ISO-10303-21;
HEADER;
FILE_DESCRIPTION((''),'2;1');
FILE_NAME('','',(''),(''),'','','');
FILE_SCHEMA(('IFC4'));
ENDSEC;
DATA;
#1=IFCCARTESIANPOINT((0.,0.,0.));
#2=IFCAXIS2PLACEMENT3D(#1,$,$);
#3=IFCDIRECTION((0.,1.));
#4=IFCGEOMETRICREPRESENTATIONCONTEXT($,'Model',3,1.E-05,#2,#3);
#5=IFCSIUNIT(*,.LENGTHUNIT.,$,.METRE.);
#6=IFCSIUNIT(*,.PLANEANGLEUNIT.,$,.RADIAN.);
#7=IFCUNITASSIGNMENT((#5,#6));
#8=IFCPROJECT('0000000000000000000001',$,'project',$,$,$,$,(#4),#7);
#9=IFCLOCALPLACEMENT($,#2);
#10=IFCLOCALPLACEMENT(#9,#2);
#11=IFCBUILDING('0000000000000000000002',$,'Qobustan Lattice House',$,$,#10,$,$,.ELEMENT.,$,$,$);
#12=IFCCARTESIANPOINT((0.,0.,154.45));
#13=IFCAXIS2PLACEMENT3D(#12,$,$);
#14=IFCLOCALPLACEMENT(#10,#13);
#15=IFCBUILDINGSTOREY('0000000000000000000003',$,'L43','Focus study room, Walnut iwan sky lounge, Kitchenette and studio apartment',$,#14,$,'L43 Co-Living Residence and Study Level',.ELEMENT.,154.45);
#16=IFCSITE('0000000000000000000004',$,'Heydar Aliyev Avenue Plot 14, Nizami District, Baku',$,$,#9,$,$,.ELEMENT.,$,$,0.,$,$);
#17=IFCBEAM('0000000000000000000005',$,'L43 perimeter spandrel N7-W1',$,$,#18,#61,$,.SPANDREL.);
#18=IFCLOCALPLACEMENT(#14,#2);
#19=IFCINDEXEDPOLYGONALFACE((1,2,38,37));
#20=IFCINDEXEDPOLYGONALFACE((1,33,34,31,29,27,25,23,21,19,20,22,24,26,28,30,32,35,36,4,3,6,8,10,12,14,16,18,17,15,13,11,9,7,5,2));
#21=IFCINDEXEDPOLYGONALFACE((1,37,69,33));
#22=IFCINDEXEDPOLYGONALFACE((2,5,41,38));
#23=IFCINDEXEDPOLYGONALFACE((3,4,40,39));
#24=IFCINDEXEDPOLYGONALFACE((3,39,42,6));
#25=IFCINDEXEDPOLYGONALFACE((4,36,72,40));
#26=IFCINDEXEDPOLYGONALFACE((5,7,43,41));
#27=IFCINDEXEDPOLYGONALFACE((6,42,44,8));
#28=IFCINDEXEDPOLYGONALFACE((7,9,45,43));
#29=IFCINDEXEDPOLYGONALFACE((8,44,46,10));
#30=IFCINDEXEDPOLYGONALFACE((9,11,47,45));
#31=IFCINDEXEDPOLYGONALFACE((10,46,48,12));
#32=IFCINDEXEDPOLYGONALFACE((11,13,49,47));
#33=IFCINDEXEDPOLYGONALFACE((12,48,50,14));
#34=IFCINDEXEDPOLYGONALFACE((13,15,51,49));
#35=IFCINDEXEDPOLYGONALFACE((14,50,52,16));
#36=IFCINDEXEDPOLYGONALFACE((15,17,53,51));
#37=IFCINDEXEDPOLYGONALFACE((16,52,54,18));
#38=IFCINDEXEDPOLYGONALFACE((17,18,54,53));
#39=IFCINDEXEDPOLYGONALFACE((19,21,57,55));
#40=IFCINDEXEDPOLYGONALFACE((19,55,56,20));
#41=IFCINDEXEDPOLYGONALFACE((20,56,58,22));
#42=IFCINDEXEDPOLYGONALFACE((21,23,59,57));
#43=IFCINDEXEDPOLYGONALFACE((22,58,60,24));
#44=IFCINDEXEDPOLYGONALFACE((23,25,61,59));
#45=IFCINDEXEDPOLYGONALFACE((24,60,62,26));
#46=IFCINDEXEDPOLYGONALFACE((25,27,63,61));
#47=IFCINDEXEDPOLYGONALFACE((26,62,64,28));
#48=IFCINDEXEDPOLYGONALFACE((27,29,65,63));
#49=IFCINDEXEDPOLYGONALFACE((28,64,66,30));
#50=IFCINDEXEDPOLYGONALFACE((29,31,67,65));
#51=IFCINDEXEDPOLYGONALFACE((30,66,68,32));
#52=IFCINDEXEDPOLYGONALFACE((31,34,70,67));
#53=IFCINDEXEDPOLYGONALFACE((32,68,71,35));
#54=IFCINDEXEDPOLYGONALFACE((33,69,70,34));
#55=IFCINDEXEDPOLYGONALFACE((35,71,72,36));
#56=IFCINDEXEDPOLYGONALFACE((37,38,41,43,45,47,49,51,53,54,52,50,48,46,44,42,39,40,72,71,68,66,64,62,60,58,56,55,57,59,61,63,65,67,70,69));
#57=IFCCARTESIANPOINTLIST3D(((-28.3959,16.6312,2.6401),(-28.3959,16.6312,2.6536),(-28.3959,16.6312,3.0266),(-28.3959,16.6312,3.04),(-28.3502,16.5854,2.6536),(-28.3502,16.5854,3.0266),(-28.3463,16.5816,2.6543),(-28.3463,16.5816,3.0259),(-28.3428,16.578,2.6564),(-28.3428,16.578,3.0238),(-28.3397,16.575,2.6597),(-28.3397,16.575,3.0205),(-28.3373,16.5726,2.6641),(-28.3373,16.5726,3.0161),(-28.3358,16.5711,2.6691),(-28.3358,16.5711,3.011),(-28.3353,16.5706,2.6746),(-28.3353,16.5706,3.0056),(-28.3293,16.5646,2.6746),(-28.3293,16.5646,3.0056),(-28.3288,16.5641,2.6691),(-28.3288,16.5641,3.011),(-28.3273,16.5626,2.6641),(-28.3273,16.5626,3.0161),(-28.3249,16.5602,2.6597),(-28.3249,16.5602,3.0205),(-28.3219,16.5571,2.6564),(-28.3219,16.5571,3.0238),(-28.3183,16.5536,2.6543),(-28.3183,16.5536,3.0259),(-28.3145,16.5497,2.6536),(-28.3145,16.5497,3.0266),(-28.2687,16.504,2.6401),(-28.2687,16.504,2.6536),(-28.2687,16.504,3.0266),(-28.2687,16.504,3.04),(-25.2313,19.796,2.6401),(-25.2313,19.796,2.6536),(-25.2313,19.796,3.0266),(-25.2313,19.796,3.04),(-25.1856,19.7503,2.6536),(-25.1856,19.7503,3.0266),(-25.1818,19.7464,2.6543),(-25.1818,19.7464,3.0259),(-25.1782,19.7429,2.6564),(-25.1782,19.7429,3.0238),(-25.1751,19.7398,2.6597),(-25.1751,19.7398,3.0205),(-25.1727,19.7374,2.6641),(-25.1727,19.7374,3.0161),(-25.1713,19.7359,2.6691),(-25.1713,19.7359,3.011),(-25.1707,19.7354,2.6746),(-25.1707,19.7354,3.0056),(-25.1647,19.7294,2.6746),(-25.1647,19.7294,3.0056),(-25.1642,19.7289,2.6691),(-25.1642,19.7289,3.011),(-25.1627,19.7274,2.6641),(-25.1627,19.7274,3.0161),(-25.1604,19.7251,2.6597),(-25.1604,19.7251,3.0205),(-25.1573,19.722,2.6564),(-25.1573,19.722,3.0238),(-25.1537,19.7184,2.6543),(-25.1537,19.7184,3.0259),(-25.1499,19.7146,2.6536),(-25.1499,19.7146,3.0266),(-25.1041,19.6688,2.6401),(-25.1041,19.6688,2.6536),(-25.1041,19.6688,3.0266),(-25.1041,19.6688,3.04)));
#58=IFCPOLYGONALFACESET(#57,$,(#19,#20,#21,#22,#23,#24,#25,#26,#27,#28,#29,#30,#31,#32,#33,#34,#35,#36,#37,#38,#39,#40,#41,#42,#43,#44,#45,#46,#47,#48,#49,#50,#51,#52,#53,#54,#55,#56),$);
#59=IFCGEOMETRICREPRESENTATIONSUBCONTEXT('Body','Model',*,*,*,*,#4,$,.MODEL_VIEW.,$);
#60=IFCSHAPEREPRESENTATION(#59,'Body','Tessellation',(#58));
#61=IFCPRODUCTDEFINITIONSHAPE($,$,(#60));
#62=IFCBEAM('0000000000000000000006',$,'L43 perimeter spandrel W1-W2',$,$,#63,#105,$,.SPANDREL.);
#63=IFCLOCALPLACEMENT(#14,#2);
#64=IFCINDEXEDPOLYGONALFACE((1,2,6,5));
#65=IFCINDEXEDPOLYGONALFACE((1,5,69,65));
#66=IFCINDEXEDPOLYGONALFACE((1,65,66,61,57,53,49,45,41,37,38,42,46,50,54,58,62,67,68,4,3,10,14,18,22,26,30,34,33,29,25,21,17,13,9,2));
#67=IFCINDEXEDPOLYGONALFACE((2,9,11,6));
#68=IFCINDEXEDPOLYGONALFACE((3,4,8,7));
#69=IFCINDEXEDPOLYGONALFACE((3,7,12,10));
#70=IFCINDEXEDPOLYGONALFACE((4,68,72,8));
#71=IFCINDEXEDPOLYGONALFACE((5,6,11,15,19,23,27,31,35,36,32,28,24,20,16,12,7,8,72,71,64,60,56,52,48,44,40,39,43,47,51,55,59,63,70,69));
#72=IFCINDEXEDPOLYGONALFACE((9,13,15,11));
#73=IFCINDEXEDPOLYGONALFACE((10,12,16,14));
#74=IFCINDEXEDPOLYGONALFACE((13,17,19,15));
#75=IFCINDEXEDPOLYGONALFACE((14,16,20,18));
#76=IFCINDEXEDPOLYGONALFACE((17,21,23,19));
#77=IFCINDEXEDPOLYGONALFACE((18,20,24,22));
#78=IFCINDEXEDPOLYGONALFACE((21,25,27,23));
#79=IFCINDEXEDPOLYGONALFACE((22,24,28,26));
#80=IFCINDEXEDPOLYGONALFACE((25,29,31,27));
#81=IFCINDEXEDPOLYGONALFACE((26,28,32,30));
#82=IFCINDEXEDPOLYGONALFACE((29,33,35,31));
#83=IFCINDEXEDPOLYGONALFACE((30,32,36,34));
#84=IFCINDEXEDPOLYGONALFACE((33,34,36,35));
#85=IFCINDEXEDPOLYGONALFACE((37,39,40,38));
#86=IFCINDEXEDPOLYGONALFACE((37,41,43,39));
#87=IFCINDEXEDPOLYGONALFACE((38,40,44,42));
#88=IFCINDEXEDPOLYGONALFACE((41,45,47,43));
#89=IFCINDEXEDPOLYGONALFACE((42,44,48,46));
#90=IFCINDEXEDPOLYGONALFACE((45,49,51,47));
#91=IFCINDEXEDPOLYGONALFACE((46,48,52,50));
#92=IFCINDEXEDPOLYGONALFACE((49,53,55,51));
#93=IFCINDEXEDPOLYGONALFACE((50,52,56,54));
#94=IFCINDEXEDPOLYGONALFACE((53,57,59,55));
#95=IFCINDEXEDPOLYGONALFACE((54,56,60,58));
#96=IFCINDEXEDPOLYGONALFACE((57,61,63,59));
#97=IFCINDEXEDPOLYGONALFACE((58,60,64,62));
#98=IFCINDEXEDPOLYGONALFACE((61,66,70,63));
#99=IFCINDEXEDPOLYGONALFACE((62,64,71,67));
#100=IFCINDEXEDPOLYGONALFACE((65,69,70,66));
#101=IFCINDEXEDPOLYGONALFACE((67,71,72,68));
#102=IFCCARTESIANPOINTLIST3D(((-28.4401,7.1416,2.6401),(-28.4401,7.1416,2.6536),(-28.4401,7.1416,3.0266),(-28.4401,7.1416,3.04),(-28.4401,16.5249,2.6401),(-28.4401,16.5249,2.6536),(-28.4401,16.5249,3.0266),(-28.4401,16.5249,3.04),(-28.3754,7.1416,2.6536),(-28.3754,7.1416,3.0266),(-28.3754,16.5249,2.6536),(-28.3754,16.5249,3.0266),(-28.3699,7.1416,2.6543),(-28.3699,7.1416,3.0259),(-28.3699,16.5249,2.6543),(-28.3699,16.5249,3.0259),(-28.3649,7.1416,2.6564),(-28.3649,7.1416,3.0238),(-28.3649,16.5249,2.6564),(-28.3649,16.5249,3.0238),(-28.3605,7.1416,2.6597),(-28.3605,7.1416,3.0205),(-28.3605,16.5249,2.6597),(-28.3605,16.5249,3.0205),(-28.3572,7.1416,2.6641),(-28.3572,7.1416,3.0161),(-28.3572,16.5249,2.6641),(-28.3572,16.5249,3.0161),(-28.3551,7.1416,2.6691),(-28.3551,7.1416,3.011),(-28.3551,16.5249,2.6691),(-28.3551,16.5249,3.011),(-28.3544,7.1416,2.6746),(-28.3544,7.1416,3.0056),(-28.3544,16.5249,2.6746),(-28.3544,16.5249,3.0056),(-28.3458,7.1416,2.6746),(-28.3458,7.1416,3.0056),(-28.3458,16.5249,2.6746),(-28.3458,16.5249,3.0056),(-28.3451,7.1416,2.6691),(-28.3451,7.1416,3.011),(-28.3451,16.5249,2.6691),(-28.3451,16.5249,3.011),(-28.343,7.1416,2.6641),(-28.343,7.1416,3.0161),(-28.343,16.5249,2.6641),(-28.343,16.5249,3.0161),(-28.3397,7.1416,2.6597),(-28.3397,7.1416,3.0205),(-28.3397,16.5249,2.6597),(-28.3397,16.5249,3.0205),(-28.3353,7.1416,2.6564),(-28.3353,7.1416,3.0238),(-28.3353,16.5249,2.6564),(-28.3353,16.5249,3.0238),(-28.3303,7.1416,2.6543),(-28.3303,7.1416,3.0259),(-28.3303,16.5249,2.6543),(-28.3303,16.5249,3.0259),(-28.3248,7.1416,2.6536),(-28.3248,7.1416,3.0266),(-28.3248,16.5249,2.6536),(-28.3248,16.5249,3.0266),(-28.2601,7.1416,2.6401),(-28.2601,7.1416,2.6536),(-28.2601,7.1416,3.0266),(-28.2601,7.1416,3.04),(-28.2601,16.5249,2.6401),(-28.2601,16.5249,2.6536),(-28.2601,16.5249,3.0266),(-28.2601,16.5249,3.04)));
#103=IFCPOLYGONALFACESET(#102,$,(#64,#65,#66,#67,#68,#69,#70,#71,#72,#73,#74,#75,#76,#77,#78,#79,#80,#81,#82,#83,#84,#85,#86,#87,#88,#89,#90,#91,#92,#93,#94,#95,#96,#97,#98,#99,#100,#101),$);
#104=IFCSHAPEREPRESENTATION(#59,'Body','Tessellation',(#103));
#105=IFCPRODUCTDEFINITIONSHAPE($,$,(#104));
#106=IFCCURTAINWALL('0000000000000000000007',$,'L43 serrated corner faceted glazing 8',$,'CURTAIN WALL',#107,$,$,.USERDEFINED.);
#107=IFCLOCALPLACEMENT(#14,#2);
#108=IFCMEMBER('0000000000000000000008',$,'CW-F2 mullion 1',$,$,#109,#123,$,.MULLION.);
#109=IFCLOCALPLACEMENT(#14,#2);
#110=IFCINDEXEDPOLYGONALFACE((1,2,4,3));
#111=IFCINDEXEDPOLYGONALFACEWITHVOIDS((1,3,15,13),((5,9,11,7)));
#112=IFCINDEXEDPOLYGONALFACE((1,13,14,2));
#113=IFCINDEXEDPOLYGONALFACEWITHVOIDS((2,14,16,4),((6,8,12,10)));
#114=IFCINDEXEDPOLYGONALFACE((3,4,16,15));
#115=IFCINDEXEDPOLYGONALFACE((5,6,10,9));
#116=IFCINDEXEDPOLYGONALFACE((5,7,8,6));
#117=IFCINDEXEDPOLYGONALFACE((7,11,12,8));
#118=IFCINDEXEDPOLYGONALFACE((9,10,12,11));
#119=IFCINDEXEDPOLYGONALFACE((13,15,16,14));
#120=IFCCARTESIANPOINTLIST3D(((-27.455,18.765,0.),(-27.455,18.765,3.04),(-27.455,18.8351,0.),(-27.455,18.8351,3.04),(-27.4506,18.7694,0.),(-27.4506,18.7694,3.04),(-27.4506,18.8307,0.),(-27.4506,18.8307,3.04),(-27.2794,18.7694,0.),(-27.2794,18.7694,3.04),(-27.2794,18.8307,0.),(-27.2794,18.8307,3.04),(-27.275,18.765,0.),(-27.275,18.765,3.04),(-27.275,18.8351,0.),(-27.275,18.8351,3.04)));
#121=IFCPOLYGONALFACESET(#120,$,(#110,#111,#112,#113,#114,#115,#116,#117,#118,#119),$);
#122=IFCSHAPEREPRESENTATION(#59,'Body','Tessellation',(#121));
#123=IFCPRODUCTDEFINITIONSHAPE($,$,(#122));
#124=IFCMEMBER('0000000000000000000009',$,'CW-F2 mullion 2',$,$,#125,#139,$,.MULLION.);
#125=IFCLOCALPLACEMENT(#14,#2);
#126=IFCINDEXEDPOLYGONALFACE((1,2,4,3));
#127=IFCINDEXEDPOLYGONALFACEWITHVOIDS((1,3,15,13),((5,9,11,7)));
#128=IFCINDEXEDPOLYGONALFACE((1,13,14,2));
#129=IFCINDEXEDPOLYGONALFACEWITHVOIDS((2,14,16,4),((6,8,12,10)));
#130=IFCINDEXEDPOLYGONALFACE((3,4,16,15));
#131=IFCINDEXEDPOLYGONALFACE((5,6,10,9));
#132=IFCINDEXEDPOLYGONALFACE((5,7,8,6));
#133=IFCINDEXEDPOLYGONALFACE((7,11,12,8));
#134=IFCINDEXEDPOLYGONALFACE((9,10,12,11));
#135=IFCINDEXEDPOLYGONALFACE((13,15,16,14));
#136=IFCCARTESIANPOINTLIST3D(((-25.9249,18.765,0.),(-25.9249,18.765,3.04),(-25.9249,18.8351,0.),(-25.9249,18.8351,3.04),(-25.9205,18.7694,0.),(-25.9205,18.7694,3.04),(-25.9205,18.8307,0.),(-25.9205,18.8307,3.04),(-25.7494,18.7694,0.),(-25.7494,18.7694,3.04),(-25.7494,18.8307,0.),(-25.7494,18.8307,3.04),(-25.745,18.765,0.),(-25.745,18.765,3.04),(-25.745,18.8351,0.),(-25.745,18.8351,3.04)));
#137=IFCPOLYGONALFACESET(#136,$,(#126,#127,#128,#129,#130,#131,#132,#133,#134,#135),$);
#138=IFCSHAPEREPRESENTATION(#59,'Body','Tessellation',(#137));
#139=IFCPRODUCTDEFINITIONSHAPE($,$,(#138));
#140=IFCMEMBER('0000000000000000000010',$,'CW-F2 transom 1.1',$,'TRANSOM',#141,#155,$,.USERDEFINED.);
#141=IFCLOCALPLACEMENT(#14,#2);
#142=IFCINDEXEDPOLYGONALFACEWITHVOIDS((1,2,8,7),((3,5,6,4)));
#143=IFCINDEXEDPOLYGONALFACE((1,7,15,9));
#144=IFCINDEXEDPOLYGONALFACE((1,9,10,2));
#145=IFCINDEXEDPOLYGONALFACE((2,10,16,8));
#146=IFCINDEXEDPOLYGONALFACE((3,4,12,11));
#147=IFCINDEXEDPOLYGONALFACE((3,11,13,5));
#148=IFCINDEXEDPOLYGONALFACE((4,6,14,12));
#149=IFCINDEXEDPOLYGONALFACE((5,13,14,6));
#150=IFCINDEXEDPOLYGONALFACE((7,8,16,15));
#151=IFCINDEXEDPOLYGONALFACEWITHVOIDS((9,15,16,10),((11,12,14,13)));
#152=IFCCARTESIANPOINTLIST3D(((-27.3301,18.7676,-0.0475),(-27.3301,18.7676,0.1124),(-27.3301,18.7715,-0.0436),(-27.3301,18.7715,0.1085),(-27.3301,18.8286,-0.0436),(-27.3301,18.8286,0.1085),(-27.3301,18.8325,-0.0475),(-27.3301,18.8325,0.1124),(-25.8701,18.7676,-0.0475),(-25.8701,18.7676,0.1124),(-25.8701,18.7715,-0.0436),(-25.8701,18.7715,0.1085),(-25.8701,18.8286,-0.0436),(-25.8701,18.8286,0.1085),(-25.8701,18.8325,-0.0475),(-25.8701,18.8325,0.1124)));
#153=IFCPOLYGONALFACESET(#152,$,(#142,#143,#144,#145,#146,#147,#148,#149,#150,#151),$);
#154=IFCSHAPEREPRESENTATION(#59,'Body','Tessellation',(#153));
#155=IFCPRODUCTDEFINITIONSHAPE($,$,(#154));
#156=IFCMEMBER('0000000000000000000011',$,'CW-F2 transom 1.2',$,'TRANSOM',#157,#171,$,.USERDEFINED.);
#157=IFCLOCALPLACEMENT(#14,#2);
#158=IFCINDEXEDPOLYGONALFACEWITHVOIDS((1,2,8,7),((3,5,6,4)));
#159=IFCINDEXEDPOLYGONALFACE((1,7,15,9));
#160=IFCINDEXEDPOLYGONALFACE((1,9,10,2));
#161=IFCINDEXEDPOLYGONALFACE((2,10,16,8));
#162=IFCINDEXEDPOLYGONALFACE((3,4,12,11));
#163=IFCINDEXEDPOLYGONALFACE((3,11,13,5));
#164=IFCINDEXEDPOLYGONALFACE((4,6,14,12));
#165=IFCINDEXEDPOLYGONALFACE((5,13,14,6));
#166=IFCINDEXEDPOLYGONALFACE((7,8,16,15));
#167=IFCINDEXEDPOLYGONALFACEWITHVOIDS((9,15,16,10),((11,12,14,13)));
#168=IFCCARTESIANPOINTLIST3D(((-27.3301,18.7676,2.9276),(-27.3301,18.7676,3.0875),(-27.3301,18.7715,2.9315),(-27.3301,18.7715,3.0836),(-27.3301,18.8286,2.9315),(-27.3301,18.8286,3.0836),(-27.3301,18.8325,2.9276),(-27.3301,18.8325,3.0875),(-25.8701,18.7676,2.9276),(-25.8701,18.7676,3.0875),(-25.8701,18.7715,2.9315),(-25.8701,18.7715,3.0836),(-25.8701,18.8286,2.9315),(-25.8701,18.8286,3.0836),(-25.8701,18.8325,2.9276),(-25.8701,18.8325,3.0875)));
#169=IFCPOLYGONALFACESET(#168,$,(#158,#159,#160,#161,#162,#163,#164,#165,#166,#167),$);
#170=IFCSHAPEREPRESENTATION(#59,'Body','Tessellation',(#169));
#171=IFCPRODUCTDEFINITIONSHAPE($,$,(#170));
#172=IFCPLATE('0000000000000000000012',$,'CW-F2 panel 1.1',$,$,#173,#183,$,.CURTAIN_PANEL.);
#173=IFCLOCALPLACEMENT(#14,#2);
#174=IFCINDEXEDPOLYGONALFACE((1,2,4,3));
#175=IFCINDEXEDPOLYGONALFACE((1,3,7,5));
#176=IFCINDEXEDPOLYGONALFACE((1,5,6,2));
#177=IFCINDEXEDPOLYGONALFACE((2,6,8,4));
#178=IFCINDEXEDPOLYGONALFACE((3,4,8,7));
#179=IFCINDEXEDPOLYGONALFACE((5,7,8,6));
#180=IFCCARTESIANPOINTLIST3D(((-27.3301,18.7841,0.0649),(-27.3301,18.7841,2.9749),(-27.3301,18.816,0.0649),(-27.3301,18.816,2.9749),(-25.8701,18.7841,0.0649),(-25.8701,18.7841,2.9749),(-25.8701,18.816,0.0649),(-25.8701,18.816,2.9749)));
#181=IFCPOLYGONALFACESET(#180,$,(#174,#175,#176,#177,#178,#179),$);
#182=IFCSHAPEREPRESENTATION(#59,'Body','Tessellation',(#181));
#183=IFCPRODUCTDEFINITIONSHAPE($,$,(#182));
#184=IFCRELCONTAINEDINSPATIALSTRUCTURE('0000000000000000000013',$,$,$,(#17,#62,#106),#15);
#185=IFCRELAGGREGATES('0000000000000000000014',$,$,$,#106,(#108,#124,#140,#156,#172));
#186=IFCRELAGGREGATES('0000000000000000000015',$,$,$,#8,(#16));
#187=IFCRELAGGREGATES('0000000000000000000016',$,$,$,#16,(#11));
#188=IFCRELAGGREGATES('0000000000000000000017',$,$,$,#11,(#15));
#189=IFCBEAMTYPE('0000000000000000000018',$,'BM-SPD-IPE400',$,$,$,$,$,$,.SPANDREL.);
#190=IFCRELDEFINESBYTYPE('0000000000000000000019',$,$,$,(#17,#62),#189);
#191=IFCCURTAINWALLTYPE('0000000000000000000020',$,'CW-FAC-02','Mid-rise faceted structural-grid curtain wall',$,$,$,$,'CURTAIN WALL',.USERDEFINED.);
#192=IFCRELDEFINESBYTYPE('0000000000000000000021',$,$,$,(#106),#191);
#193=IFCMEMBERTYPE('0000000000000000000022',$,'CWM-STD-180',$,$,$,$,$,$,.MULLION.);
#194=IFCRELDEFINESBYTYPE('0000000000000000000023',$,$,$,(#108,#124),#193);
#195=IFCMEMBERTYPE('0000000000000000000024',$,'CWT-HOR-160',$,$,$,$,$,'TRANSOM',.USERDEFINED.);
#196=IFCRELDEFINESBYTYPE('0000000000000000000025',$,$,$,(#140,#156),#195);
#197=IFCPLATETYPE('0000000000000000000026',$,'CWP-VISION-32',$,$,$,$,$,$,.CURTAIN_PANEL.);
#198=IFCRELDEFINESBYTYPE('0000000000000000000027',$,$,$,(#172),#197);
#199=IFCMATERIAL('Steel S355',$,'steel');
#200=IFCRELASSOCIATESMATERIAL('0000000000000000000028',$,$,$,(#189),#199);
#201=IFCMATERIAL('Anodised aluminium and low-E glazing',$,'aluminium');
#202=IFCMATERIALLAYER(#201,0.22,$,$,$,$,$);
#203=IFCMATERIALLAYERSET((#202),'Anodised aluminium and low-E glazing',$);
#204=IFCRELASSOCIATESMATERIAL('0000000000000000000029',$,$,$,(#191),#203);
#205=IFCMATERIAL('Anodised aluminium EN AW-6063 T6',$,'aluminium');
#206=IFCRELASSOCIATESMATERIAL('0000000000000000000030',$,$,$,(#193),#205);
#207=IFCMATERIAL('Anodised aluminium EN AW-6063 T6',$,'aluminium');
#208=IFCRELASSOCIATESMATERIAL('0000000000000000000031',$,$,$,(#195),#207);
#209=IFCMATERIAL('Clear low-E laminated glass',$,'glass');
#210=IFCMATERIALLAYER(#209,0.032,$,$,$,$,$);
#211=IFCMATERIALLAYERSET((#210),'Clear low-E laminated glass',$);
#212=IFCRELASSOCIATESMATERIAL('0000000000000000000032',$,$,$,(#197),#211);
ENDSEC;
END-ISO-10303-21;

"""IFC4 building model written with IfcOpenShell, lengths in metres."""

from ifc_helpers import new_model, si_unit, direction, frame, origin, origin_2d, place, context, subcontext, project, spatial, rectangle, hollow_rectangle, i_section, extrude, material, layer, layer_set, material_profile, profile_set, type_object, element, aggregate, save


model = new_model("IFC4")

# Units and contexts
model_context = context("Model", 3, precision=1e-05, world=origin(), true_north=direction((0.0, 1.0)))
body_context = subcontext(model_context, "Body", "Model", "MODEL_VIEW")
ifc_project = project(units=[si_unit("LENGTHUNIT", "METRE"), si_unit("PLANEANGLEUNIT", "RADIAN")], contexts=[model_context])

# Site, building, storey
site_placement = place(None, origin())
site = spatial("IfcSite", under=ifc_project, at=site_placement, Name="Heydar Aliyev Avenue Plot 14, Nizami District, Baku", CompositionType="ELEMENT", RefElevation=0.0)
building_placement = place(site_placement, origin())
building = spatial("IfcBuilding", under=site, at=building_placement, Name="Qobustan Lattice House", CompositionType="ELEMENT")
storey_placement = place(building_placement, frame((0.0, 0.0, 154.45)))
storey = spatial("IfcBuildingStorey", under=building, at=storey_placement, Name="L43", Description="Focus study room, Walnut iwan sky lounge, Kitchenette and studio apartment", LongName="L43 Co-Living Residence and Study Level", CompositionType="ELEMENT", Elevation=154.45)

# Beams
ifc_material_1 = material(Name="Steel S355", Category="steel")
ifc_material_profile_1 = material_profile(ifc_material_1, i_section(OverallWidth=0.1799, OverallDepth=0.3999, WebThickness=0.0085, FlangeThickness=0.0134, FilletRadius=0.021, at=origin_2d()), Name="IPE400")
ifc_profile_set_1 = profile_set([ifc_material_profile_1], Name="Steel S355")
beam_type_1 = type_object("IfcBeamType", Name="BM-SPD-IPE400", PredefinedType="SPANDREL", material=ifc_profile_set_1)
beam_1_placement = place(storey_placement, frame((-25.1677, 19.7324, 2.8401), z_axis=(-0.70708, -0.707134, 0.0), x_axis=(0.707134, -0.70708, 0.0)))
element("IfcBeam", 1, at=beam_1_placement, inside=storey, type_object=beam_type_1, Name="L43 perimeter spandrel N7-W1", PredefinedType="SPANDREL", context=body_context, shape_type="SweptSolid", body=[
    extrude(i_section(OverallWidth=0.1799, OverallDepth=0.3999, WebThickness=0.0085, FlangeThickness=0.0134, FilletRadius=0.021, at=origin_2d()), origin(), (0.0, 0.0, 1.0), 4.4756),
])
beam_2_placement = place(storey_placement, frame((-28.3501, 16.5249, 2.8401), z_axis=(0.0, -1.0, 0.0), x_axis=(1.0, 0.0, 0.0)))
element("IfcBeam", 2, at=beam_2_placement, inside=storey, type_object=beam_type_1, Name="L43 perimeter spandrel W1-W2", PredefinedType="SPANDREL", context=body_context, shape_type="SweptSolid", body=[
    extrude(i_section(OverallWidth=0.1799, OverallDepth=0.3999, WebThickness=0.0085, FlangeThickness=0.0134, FilletRadius=0.021, at=origin_2d()), origin(), (0.0, 0.0, 1.0), 9.3833),
])

# Curtain wall, members, plate
ifc_material_2 = material(Name="Anodised aluminium and low-E glazing", Category="aluminium")
ifc_layer_1 = layer(ifc_material_2, 0.22)
ifc_layer_set_1 = layer_set([ifc_layer_1], Name="Anodised aluminium and low-E glazing")
curtain_wall_type = type_object("IfcCurtainWallType", Name="CW-FAC-02", Description="Mid-rise faceted structural-grid curtain wall", ElementType="CURTAIN WALL", PredefinedType="USERDEFINED", material=ifc_layer_set_1)
curtain_wall_placement = place(storey_placement, origin())
curtain_wall = element("IfcCurtainWall", 3, at=curtain_wall_placement, inside=storey, type_object=curtain_wall_type, Name="L43 serrated corner faceted glazing 8", ObjectType="CURTAIN WALL", PredefinedType="USERDEFINED")
ifc_material_3 = material(Name="Anodised aluminium EN AW-6063 T6", Category="aluminium")
ifc_material_profile_2 = material_profile(ifc_material_3, hollow_rectangle(XDim=0.0701, YDim=0.1799, WallThickness=0.0044, at=origin_2d()), Name="CWM-180x70")
ifc_profile_set_2 = profile_set([ifc_material_profile_2], Name="Anodised aluminium EN AW-6063 T6")
member_type_1 = type_object("IfcMemberType", Name="CWM-STD-180", PredefinedType="MULLION", material=ifc_profile_set_2)
member_1_placement = place(storey_placement, frame((-27.365, 18.8, 0.0), z_axis=(0.0, 0.0, 1.0), x_axis=(0.0, 1.0, 0.0)))
member_1 = element("IfcMember", 4, at=member_1_placement, type_object=member_type_1, Name="CW-F2 mullion 1", PredefinedType="MULLION", context=body_context, shape_type="SweptSolid", body=[
    extrude(hollow_rectangle(XDim=0.0701, YDim=0.1799, WallThickness=0.0044, at=origin_2d()), origin(), (0.0, 0.0, 1.0), 3.04),
])
member_2_placement = place(storey_placement, frame((-25.835, 18.8, 0.0), z_axis=(0.0, 0.0, 1.0), x_axis=(0.0, 1.0, 0.0)))
member_2 = element("IfcMember", 5, at=member_2_placement, type_object=member_type_1, Name="CW-F2 mullion 2", PredefinedType="MULLION", context=body_context, shape_type="SweptSolid", body=[
    extrude(hollow_rectangle(XDim=0.0701, YDim=0.1799, WallThickness=0.0044, at=origin_2d()), origin(), (0.0, 0.0, 1.0), 3.04),
])
ifc_material_4 = material(Name="Anodised aluminium EN AW-6063 T6", Category="aluminium")
ifc_material_profile_3 = material_profile(ifc_material_4, hollow_rectangle(XDim=0.0649, YDim=0.1599, WallThickness=0.0039, at=origin_2d()), Name="CWT-160x65")
ifc_profile_set_3 = profile_set([ifc_material_profile_3], Name="Anodised aluminium EN AW-6063 T6")
member_type_2 = type_object("IfcMemberType", Name="CWT-HOR-160", ElementType="TRANSOM", PredefinedType="USERDEFINED", material=ifc_profile_set_3)
member_3_placement = place(storey_placement, frame((-27.3301, 18.8, 0.0325), z_axis=(1.0, 0.0, 0.0), x_axis=(0.0, 1.0, 0.0)))
member_3 = element("IfcMember", 6, at=member_3_placement, type_object=member_type_2, Name="CW-F2 transom 1.1", ObjectType="TRANSOM", PredefinedType="USERDEFINED", context=body_context, shape_type="SweptSolid", body=[
    extrude(hollow_rectangle(XDim=0.0649, YDim=0.1599, WallThickness=0.0039, at=origin_2d()), origin(), (0.0, 0.0, 1.0), 1.46),
])
member_4_placement = place(storey_placement, frame((-27.3301, 18.8, 3.0076), z_axis=(1.0, 0.0, 0.0), x_axis=(0.0, 1.0, 0.0)))
member_4 = element("IfcMember", 7, at=member_4_placement, type_object=member_type_2, Name="CW-F2 transom 1.2", ObjectType="TRANSOM", PredefinedType="USERDEFINED", context=body_context, shape_type="SweptSolid", body=[
    extrude(hollow_rectangle(XDim=0.0649, YDim=0.1599, WallThickness=0.0039, at=origin_2d()), origin(), (0.0, 0.0, 1.0), 1.46),
])
ifc_material_5 = material(Name="Clear low-E laminated glass", Category="glass")
ifc_layer_2 = layer(ifc_material_5, 0.032)
ifc_layer_set_2 = layer_set([ifc_layer_2], Name="Clear low-E laminated glass")
plate_type_1 = type_object("IfcPlateType", Name="CWP-VISION-32", PredefinedType="CURTAIN_PANEL", material=ifc_layer_set_2)
plate_1_placement = place(storey_placement, frame((-26.6001, 18.8, 0.0649), z_axis=(0.0, 0.0, 1.0), x_axis=(1.0, 0.0, 0.0)))
plate_1 = element("IfcPlate", 8, at=plate_1_placement, type_object=plate_type_1, Name="CW-F2 panel 1.1", PredefinedType="CURTAIN_PANEL", context=body_context, shape_type="SweptSolid", body=[
    extrude(rectangle(XDim=1.46, YDim=0.032, at=origin_2d()), origin(), (0.0, 0.0, 1.0), 2.9099),
])
aggregate(curtain_wall, [member_1, member_2, member_3, member_4, plate_1])

save(model, "model.ifc")
